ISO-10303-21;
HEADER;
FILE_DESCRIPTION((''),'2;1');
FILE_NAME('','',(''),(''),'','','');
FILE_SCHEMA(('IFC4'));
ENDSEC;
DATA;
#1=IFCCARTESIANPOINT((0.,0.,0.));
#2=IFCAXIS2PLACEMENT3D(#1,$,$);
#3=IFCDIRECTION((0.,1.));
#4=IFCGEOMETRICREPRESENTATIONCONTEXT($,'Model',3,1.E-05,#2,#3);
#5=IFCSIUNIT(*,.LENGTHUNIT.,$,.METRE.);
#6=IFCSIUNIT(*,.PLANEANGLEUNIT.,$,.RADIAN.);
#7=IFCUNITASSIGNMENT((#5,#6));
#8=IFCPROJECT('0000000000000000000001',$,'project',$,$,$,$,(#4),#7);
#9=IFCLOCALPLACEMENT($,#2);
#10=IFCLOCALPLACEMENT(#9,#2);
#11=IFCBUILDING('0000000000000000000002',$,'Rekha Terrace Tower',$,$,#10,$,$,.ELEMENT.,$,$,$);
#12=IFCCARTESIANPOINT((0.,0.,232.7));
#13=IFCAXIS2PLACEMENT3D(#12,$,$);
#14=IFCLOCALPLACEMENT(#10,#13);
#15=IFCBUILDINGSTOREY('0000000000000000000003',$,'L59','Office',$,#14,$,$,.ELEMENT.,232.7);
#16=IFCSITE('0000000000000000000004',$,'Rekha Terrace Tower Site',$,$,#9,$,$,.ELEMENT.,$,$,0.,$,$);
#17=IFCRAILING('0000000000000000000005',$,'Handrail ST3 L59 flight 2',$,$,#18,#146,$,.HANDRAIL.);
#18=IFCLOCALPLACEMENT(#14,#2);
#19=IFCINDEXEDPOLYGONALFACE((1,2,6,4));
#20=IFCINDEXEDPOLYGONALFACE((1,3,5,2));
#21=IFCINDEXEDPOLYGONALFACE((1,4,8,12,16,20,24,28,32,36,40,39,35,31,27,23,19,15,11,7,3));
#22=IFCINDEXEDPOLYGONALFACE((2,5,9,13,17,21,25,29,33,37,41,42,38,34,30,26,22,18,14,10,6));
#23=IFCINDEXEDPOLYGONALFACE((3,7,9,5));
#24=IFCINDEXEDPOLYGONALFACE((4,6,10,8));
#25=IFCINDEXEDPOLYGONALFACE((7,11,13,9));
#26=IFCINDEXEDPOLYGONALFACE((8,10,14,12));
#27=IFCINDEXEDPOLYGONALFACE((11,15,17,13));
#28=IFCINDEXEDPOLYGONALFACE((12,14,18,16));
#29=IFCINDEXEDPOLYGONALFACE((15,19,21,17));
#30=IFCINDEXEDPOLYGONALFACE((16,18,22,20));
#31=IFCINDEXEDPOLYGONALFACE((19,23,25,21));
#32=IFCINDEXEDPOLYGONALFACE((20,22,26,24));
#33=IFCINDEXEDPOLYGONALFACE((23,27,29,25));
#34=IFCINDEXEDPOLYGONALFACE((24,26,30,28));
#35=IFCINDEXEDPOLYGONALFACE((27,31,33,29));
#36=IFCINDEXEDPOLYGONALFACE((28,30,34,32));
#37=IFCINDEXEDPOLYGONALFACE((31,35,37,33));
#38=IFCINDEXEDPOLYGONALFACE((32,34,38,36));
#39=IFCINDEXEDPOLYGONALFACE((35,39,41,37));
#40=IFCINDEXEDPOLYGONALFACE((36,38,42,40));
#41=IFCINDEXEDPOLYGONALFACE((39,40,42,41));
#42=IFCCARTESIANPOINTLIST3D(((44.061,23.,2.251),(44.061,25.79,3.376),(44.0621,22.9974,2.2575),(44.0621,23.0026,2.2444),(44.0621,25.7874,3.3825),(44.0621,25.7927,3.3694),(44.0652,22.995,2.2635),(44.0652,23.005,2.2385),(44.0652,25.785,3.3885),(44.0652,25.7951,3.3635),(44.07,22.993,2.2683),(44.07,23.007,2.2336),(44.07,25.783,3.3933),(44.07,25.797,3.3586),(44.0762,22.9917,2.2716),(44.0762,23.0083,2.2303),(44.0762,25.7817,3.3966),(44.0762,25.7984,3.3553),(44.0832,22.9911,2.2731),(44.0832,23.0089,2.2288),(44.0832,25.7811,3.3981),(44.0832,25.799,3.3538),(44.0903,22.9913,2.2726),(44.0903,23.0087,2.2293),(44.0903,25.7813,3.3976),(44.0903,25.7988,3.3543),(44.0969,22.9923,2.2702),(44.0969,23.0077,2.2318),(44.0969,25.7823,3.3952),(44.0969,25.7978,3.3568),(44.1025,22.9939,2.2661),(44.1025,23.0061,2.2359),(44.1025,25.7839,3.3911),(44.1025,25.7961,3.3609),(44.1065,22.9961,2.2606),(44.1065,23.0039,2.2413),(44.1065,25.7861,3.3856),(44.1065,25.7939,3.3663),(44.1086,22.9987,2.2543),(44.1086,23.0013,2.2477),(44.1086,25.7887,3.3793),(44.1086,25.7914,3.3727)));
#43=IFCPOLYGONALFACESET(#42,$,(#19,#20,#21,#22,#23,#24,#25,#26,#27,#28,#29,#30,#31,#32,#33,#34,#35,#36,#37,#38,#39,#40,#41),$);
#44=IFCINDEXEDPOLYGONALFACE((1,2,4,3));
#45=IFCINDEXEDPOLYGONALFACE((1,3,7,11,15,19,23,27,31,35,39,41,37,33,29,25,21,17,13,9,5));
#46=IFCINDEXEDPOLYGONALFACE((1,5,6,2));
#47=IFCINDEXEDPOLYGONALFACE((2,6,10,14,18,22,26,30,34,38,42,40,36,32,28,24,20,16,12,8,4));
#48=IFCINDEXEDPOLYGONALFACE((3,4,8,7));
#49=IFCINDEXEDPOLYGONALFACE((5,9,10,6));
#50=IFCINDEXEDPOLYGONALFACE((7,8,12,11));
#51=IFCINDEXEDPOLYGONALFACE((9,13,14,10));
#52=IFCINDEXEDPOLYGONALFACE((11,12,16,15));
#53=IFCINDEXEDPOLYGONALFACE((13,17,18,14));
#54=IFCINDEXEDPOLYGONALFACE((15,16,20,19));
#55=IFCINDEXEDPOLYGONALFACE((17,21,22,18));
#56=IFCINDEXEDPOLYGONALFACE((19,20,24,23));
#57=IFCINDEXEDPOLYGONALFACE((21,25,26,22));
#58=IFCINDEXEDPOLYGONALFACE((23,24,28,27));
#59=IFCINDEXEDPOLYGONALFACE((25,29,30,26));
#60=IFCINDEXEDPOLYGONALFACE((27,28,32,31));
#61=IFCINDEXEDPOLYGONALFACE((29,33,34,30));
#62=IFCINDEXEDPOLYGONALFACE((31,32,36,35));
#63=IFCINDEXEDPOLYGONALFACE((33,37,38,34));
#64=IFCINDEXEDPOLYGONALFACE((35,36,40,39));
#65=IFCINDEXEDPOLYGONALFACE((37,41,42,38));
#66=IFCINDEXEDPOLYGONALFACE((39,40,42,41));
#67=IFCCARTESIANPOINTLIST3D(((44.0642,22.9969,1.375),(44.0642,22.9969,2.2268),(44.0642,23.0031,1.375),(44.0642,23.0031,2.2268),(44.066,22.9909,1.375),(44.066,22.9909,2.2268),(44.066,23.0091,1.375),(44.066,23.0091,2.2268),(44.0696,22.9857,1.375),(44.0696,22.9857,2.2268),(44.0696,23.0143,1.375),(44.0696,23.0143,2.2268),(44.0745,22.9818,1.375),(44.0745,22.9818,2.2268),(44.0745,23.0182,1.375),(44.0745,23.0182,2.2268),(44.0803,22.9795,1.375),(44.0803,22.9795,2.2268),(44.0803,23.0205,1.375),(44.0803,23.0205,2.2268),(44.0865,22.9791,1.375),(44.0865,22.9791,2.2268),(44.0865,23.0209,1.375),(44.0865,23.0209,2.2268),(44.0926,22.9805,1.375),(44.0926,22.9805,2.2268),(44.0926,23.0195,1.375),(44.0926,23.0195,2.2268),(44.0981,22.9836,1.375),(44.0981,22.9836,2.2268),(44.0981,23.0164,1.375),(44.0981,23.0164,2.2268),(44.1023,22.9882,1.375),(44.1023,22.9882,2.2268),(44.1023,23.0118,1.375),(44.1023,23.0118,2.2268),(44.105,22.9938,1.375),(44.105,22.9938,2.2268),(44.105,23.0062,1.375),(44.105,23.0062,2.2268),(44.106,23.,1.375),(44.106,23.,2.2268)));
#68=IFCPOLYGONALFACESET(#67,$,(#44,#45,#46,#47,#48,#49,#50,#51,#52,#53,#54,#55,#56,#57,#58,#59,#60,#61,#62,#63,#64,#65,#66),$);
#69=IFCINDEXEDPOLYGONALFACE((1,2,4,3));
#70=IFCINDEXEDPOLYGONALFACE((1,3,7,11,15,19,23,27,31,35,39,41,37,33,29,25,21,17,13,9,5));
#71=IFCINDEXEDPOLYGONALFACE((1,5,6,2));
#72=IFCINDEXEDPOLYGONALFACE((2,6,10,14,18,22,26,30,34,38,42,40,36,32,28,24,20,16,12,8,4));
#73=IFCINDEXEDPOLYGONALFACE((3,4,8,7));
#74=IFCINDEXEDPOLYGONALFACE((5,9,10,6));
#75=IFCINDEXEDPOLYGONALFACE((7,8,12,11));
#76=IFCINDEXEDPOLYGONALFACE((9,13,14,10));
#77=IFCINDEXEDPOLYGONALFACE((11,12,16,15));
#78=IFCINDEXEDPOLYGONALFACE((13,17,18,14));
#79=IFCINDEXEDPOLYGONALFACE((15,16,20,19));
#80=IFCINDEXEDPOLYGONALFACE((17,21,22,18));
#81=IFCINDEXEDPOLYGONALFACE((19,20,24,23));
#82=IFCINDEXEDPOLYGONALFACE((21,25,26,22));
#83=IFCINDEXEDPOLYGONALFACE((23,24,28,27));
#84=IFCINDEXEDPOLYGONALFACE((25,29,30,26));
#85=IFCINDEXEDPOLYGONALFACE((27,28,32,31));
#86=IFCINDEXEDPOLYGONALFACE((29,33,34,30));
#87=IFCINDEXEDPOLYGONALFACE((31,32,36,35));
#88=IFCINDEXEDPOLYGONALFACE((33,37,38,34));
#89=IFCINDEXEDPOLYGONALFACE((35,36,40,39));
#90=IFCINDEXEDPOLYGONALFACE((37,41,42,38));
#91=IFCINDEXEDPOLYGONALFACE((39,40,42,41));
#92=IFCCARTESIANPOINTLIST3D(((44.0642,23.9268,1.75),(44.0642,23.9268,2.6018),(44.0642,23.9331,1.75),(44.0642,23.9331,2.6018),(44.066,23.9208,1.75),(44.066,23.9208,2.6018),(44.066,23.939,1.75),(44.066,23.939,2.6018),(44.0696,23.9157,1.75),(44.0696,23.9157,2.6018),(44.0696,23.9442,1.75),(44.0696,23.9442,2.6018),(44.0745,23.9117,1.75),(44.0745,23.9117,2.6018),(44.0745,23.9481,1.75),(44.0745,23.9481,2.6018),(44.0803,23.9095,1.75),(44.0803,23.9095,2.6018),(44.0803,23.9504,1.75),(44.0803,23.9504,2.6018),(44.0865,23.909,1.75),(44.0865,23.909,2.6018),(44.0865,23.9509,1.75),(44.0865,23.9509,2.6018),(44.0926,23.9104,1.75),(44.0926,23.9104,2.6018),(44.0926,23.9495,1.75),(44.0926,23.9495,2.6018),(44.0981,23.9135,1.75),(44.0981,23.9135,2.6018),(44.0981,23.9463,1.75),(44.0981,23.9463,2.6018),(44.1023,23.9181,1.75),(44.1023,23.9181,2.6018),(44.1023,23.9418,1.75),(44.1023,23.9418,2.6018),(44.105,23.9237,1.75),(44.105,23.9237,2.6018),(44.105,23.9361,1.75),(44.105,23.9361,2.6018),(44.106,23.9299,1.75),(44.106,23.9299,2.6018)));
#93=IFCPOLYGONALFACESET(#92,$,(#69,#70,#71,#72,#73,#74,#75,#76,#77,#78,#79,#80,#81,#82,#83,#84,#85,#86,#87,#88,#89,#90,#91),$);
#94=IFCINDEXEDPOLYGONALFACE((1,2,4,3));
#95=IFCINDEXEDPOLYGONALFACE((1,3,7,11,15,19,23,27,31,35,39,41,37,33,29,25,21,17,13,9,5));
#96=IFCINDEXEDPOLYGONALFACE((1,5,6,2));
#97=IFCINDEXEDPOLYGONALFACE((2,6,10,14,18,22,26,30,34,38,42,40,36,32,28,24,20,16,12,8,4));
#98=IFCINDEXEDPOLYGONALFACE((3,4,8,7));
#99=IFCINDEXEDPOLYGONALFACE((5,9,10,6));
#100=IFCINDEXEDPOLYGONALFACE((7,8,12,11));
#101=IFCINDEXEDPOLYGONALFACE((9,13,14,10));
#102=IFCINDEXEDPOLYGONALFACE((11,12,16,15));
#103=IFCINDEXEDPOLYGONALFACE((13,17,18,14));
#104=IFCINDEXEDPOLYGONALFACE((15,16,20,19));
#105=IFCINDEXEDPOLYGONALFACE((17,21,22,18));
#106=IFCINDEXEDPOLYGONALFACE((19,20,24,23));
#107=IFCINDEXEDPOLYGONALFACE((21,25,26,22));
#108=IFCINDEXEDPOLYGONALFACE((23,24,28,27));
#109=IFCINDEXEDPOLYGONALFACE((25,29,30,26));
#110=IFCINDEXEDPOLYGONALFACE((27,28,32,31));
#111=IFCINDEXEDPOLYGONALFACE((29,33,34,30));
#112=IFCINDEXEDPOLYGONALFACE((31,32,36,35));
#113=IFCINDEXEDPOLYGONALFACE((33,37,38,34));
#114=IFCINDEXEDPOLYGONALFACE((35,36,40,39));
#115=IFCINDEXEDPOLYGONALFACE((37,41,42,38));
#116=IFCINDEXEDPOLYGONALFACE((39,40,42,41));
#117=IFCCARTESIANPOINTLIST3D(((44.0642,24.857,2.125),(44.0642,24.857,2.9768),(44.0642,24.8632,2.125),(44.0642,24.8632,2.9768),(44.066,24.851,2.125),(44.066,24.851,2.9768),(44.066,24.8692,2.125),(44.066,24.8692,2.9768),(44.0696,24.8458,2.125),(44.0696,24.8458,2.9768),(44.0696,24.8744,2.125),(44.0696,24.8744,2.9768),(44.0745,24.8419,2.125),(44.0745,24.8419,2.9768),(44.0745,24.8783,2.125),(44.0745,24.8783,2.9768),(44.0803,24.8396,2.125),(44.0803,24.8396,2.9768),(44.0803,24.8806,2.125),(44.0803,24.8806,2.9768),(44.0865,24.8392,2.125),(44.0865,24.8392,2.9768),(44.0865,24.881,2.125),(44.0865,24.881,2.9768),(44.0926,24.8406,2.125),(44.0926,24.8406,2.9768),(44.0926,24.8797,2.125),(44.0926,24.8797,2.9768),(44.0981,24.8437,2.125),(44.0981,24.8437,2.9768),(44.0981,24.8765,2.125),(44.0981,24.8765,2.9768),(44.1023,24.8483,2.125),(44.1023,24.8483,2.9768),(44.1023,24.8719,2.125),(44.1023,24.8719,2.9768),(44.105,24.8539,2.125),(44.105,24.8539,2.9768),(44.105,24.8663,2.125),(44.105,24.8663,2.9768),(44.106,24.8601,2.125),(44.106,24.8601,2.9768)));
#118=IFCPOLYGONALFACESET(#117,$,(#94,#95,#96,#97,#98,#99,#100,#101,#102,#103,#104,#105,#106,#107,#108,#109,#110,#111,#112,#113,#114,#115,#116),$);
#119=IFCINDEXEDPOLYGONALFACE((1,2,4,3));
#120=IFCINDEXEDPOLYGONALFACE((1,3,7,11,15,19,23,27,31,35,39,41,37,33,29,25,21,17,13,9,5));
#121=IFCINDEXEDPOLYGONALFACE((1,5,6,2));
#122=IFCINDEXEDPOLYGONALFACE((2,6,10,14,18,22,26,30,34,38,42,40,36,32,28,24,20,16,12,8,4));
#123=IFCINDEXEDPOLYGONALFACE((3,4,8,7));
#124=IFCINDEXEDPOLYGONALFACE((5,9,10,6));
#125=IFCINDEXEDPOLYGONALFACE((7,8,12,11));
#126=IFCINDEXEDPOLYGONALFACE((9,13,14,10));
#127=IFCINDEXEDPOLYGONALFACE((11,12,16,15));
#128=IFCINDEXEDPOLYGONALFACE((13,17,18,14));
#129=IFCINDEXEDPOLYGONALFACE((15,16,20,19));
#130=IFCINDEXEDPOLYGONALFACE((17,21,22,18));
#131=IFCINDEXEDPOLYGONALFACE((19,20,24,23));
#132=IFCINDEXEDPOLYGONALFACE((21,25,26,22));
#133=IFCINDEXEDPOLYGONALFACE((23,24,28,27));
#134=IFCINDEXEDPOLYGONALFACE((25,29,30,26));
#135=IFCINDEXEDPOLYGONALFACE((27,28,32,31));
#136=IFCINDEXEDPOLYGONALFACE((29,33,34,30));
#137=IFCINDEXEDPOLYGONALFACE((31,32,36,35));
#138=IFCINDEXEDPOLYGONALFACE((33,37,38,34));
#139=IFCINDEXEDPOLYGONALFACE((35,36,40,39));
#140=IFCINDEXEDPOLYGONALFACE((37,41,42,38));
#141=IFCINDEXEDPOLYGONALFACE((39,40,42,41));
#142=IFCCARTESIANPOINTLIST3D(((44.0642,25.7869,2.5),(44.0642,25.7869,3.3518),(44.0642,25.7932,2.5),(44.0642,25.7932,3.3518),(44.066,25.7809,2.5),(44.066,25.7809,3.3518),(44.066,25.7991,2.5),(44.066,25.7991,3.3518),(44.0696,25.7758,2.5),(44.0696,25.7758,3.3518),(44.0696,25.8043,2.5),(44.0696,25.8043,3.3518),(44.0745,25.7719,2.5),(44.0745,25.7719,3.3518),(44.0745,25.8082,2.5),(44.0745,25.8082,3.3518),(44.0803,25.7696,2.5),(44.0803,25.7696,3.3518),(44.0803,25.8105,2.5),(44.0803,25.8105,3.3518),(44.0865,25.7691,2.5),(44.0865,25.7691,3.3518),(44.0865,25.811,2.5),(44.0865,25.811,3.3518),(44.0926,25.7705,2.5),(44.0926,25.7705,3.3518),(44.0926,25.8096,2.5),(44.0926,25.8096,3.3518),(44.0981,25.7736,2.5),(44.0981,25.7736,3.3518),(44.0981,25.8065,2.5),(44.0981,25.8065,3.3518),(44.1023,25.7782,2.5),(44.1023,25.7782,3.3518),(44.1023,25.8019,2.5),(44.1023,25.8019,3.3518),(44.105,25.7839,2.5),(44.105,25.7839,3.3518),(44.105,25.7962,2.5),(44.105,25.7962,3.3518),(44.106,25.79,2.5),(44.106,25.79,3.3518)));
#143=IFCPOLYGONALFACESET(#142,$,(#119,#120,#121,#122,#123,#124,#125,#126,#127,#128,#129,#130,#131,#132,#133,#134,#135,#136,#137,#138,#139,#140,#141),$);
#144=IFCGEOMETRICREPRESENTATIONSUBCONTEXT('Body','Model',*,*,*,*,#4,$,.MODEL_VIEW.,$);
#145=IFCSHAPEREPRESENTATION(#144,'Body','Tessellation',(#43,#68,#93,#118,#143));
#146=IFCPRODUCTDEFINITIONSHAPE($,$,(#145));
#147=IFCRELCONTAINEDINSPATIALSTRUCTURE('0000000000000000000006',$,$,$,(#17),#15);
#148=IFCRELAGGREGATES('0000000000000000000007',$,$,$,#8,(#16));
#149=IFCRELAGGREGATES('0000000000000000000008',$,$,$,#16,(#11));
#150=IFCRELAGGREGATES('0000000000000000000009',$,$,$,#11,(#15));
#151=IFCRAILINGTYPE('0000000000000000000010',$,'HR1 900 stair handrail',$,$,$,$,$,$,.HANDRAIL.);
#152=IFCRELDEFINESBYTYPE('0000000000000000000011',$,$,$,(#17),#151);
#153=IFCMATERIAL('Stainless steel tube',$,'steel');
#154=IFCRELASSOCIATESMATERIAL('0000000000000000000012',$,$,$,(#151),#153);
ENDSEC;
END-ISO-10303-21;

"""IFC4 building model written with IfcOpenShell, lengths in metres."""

from ifc_helpers import new_model, si_unit, direction, frame, origin, origin_2d, place, context, subcontext, project, spatial, circle, extrude, material, type_object, element, save


model = new_model("IFC4")

# Units and contexts
model_context = context("Model", 3, precision=1e-05, world=origin(), true_north=direction((0.0, 1.0)))
body_context = subcontext(model_context, "Body", "Model", "MODEL_VIEW")
ifc_project = project(units=[si_unit("LENGTHUNIT", "METRE"), si_unit("PLANEANGLEUNIT", "RADIAN")], contexts=[model_context])

# Site, building, storey
site_placement = place(None, origin())
site = spatial("IfcSite", under=ifc_project, at=site_placement, Name="Rekha Terrace Tower Site", CompositionType="ELEMENT", RefElevation=0.0)
building_placement = place(site_placement, origin())
building = spatial("IfcBuilding", under=site, at=building_placement, Name="Rekha Terrace Tower", CompositionType="ELEMENT")
storey_placement = place(building_placement, frame((0.0, 0.0, 232.7)))
storey = spatial("IfcBuildingStorey", under=building, at=storey_placement, Name="L59", Description="Office", CompositionType="ELEMENT", Elevation=232.7)

# Railing
ifc_material_1 = material(Name="Stainless steel tube", Category="steel")
railing_type = type_object("IfcRailingType", Name="HR1 900 stair handrail", PredefinedType="HANDRAIL", material=ifc_material_1)
railing_1_placement = place(storey_placement, frame((44.085, 23.0, 1.375)))
element("IfcRailing", 1, at=railing_1_placement, inside=storey, type_object=railing_type, Name="Handrail ST3 L59 flight 2", PredefinedType="HANDRAIL", context=body_context, shape_type="SweptSolid", body=[
    extrude(circle(Radius=0.0239, at=origin_2d()), frame((0.0, 0.0, 0.876), z_axis=(0.0, 0.927443, 0.373964), x_axis=(-1.0, 0.0, 0.0)), (0.0, 0.0, 1.0), 3.0083),
    extrude(circle(Radius=0.021, at=origin_2d()), origin(), (0.0, 0.0, 1.0), 0.8518),
    extrude(circle(Radius=0.021, at=origin_2d()), frame((0.0, 0.9299, 0.375)), (0.0, 0.0, 1.0), 0.8518),
    extrude(circle(Radius=0.021, at=origin_2d()), frame((0.0, 1.8601, 0.75)), (0.0, 0.0, 1.0), 0.8518),
    extrude(circle(Radius=0.021, at=origin_2d()), frame((0.0, 2.79, 1.125)), (0.0, 0.0, 1.0), 0.8518),
])

save(model, "model.ifc")
